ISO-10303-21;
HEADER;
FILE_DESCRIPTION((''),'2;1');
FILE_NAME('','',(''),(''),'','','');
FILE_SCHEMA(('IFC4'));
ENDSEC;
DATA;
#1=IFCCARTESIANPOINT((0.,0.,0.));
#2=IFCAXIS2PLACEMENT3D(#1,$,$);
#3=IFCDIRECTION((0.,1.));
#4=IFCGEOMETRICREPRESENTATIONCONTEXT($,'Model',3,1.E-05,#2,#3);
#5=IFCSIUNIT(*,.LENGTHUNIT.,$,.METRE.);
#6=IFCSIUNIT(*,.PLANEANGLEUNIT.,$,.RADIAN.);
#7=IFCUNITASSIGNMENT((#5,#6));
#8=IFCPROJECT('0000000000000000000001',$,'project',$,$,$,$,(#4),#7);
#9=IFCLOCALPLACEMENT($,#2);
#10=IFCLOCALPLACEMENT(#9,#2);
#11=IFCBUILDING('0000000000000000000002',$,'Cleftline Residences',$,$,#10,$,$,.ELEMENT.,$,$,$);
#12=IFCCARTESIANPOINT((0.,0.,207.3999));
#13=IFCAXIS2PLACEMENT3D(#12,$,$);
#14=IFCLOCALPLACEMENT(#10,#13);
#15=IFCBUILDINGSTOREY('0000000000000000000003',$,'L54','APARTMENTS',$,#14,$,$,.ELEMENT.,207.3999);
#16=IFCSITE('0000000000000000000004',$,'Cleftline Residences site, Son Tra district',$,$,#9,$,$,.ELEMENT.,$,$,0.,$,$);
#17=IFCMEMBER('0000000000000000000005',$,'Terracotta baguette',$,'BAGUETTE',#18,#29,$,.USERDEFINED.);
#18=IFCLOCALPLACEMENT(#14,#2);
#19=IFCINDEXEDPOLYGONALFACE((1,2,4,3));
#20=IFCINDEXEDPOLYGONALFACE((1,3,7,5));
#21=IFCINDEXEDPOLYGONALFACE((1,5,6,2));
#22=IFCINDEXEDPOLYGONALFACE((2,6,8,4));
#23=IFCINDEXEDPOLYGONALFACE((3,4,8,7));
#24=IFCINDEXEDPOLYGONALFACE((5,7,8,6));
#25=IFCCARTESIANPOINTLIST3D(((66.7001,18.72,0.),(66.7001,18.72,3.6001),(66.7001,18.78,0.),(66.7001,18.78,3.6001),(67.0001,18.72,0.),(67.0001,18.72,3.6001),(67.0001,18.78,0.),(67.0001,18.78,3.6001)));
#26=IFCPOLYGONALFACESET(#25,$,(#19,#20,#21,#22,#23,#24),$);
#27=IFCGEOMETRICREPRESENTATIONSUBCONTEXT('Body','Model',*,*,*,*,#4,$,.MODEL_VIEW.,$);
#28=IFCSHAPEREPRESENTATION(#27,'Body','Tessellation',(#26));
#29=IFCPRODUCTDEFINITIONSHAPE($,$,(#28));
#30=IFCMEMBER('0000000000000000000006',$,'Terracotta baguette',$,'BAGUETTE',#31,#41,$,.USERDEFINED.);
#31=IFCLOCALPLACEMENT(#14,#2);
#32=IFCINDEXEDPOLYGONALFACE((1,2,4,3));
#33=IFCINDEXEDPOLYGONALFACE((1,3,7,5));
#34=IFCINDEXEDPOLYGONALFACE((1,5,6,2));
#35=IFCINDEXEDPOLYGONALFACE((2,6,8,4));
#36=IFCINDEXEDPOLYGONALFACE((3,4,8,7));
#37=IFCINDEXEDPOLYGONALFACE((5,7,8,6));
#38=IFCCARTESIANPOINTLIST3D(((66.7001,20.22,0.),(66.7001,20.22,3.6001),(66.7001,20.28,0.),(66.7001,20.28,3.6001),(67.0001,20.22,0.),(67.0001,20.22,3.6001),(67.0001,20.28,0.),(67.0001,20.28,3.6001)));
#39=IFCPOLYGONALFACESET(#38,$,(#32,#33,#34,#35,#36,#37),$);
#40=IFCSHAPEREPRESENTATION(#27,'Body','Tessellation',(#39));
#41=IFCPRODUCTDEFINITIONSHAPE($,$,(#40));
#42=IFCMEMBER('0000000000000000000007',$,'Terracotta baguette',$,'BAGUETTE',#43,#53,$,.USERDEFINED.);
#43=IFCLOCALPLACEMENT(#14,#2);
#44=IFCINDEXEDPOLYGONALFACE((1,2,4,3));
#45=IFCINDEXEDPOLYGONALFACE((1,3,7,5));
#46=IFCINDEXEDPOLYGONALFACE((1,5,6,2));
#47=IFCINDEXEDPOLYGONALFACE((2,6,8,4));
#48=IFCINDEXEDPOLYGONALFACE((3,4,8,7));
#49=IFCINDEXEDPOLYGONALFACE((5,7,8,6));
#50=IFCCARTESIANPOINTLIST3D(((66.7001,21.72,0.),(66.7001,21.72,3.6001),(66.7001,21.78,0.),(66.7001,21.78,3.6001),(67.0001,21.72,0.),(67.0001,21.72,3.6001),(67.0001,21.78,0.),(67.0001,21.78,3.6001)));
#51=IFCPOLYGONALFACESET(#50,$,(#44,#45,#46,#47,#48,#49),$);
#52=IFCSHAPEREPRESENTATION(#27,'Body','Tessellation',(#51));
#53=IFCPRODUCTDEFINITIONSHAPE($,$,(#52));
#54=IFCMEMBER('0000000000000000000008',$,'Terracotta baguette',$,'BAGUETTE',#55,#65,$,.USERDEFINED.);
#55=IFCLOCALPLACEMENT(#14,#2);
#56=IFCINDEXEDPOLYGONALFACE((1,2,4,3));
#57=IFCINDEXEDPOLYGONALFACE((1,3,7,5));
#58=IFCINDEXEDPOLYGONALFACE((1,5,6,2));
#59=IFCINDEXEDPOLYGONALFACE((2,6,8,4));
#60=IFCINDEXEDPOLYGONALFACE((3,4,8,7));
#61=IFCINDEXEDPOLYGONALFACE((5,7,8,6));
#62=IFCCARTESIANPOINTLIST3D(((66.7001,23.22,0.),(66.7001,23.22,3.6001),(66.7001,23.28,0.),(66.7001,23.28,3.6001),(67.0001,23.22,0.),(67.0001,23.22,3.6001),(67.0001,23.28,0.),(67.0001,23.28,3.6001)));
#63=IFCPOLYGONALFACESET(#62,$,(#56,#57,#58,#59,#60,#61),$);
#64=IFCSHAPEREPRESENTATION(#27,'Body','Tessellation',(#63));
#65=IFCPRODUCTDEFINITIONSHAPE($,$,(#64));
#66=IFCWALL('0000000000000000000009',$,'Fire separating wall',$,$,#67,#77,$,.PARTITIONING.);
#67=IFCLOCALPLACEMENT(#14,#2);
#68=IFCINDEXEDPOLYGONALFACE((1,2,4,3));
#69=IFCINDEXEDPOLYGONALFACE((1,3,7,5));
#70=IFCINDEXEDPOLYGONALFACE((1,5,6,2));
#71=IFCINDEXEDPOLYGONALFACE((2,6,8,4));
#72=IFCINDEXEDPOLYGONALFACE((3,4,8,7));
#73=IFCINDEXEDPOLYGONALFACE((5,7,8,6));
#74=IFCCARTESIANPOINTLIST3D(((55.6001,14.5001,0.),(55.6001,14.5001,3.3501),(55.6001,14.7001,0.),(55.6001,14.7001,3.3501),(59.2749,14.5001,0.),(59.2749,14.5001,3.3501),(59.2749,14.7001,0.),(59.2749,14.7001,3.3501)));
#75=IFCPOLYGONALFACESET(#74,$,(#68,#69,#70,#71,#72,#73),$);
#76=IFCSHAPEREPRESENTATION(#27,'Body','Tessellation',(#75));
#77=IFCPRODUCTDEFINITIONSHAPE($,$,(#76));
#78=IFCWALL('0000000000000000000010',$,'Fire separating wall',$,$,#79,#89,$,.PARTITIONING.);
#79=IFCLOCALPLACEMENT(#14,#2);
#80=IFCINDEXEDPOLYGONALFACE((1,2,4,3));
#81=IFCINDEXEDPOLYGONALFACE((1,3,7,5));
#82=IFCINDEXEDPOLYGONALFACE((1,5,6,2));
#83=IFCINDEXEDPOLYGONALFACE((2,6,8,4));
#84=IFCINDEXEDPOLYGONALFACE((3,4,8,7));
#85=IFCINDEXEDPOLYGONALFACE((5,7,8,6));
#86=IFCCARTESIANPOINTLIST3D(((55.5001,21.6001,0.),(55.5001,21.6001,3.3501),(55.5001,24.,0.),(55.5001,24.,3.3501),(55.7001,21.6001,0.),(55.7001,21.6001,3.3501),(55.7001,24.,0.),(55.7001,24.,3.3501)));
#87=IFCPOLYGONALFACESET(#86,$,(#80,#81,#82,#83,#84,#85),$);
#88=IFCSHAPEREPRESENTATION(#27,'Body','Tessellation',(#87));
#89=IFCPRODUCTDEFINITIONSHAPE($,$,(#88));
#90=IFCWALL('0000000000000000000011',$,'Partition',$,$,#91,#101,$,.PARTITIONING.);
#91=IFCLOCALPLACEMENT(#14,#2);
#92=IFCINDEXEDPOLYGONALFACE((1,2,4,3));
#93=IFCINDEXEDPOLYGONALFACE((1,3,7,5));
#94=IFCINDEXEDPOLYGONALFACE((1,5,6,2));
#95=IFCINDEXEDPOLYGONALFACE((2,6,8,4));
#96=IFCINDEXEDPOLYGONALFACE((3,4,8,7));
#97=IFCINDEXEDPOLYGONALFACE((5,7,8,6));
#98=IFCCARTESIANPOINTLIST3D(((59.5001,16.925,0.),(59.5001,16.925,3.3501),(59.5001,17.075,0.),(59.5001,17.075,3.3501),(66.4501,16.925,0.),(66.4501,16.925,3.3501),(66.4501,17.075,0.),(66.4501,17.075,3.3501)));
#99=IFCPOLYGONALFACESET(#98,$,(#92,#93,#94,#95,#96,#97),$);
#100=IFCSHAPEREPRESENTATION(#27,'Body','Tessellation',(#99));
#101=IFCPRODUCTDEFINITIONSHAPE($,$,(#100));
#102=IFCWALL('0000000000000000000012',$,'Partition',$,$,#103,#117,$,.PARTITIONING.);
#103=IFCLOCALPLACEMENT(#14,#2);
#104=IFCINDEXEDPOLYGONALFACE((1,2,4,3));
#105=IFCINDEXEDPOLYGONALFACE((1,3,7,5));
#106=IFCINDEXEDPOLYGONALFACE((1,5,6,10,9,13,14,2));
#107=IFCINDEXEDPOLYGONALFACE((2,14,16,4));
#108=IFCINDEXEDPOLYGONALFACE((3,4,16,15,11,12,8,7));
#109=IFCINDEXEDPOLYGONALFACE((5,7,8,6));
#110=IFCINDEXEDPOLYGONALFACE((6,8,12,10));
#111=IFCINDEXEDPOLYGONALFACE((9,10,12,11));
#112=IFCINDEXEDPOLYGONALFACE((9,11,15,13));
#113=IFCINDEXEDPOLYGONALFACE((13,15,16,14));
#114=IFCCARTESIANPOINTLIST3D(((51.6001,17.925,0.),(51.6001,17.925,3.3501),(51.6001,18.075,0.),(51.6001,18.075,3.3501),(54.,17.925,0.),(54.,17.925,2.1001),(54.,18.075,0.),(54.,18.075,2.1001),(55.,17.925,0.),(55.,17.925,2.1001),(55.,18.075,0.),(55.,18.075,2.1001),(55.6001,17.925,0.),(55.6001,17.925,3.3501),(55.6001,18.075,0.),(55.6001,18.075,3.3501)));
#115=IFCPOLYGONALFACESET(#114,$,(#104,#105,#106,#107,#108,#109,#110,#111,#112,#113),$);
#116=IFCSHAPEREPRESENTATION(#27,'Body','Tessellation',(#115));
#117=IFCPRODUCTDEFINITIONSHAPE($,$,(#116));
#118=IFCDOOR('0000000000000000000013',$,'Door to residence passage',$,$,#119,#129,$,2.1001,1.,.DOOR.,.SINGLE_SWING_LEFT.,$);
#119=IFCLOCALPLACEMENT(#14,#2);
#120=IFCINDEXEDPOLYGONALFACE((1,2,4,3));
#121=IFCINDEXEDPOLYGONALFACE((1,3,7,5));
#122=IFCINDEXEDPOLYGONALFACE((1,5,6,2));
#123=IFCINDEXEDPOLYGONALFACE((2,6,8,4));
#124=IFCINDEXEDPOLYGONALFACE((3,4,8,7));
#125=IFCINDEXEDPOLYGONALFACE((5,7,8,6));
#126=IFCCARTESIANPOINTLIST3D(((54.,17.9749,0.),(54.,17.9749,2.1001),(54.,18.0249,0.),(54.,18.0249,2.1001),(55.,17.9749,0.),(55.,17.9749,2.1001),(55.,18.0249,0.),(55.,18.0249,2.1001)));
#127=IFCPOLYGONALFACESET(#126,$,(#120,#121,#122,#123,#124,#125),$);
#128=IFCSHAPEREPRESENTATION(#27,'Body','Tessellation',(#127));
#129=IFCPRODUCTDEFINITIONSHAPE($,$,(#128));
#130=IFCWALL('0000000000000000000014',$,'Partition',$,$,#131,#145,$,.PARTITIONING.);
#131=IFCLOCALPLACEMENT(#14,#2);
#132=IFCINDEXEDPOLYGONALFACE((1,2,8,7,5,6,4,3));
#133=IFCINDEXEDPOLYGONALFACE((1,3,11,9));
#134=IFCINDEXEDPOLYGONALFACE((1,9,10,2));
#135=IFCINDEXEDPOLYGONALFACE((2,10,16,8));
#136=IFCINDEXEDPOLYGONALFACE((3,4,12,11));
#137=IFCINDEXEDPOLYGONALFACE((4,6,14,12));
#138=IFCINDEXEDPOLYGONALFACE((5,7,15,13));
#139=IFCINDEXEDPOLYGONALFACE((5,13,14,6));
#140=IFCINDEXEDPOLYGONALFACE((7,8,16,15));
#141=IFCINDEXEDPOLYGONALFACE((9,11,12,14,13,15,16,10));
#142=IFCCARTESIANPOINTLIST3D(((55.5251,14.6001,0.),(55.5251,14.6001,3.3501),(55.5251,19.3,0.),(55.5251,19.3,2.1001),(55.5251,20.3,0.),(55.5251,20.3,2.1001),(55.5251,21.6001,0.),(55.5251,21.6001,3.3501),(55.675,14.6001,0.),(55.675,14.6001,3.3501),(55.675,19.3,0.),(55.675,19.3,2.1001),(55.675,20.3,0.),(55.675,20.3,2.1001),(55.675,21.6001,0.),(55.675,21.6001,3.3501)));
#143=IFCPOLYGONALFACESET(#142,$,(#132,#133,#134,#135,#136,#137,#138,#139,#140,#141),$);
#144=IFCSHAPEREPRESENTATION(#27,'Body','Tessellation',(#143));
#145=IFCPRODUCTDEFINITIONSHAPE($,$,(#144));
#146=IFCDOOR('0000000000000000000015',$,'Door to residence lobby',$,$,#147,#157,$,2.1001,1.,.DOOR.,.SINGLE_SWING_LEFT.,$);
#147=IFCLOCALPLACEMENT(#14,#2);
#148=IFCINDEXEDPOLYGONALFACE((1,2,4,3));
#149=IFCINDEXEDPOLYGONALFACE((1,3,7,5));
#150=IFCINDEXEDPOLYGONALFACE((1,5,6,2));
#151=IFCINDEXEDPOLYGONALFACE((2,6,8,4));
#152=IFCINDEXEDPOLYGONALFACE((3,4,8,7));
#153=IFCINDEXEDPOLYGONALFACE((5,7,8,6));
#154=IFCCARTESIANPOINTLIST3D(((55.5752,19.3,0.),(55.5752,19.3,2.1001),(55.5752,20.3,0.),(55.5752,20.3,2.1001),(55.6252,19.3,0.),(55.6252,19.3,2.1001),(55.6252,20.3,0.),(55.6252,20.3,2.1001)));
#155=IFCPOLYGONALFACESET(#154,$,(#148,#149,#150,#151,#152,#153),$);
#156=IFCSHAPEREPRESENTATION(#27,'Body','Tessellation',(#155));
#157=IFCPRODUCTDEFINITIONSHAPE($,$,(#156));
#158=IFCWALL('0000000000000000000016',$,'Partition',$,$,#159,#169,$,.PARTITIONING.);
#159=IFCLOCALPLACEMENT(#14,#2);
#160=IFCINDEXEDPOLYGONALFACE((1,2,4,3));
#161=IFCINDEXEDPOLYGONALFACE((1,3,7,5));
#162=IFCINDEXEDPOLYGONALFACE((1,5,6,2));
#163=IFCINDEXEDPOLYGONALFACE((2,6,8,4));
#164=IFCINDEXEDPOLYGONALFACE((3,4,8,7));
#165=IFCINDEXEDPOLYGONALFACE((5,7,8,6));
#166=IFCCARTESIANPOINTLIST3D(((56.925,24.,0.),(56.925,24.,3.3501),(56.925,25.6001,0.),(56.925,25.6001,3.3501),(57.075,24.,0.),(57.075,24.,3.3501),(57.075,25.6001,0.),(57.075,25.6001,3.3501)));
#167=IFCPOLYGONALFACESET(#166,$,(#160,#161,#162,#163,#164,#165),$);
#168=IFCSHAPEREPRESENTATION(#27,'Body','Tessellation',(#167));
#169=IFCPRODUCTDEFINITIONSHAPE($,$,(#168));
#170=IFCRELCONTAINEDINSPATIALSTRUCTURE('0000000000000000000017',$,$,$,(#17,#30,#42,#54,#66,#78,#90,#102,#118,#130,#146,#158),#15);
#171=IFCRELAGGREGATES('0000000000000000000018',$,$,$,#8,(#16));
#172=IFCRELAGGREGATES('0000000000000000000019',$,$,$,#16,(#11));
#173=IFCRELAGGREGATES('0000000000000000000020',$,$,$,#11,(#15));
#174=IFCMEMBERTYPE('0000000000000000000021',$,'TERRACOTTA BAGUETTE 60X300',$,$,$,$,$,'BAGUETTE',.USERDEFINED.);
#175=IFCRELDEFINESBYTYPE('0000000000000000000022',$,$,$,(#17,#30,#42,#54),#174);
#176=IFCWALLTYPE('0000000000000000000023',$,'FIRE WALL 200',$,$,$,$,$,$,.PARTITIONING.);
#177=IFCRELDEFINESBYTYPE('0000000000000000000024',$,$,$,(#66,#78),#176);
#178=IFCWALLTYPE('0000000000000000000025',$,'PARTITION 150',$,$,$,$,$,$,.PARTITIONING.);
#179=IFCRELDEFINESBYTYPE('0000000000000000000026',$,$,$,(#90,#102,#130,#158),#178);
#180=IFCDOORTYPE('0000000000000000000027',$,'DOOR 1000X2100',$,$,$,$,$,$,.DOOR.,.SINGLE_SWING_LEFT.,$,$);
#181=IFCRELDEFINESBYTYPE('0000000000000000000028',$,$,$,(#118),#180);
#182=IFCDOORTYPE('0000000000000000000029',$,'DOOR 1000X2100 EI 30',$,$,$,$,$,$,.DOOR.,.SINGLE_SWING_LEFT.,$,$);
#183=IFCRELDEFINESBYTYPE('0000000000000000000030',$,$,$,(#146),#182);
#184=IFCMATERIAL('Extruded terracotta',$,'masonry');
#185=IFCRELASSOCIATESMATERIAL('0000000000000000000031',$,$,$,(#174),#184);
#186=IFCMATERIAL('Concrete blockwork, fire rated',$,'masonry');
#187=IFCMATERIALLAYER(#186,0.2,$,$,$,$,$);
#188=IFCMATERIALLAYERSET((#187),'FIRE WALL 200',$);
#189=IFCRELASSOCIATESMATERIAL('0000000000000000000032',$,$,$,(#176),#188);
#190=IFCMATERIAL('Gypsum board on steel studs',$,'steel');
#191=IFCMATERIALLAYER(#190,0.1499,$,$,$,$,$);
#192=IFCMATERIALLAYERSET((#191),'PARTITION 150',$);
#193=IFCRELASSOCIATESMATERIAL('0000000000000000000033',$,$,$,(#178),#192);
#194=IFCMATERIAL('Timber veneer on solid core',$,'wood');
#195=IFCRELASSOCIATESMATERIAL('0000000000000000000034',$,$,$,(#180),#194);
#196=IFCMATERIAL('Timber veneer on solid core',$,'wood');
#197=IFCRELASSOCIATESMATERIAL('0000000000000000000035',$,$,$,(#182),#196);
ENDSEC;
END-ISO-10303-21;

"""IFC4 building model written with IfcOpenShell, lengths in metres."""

from ifc_helpers import new_model, si_unit, direction, frame, frame_2d, origin, origin_2d, place, context, subcontext, project, spatial, rectangle, extrude, material, layer, layer_set, material_profile, profile_set, type_object, element, fill, save


model = new_model("IFC4")

# Units and contexts
model_context = context("Model", 3, precision=1e-05, world=origin(), true_north=direction((0.0, 1.0)))
body_context = subcontext(model_context, "Body", "Model", "MODEL_VIEW")
ifc_project = project(units=[si_unit("LENGTHUNIT", "METRE"), si_unit("PLANEANGLEUNIT", "RADIAN")], contexts=[model_context])

# Site, building, storey
site_placement = place(None, origin())
site = spatial("IfcSite", under=ifc_project, at=site_placement, Name="Cleftline Residences site, Son Tra district", CompositionType="ELEMENT", RefElevation=0.0)
building_placement = place(site_placement, origin())
building = spatial("IfcBuilding", under=site, at=building_placement, Name="Cleftline Residences", CompositionType="ELEMENT")
storey_placement = place(building_placement, frame((0.0, 0.0, 207.3999)))
storey = spatial("IfcBuildingStorey", under=building, at=storey_placement, Name="L54", Description="APARTMENTS", CompositionType="ELEMENT", Elevation=207.3999)

# Members
ifc_material_1 = material(Name="Extruded terracotta", Category="masonry")
ifc_material_profile_1 = material_profile(ifc_material_1, rectangle(XDim=0.0601, YDim=0.3, at=origin_2d()))
ifc_profile_set_1 = profile_set([ifc_material_profile_1], Name="Extruded terracotta")
member_type_1 = type_object("IfcMemberType", Name="TERRACOTTA BAGUETTE 60X300", ElementType="BAGUETTE", PredefinedType="USERDEFINED", material=ifc_profile_set_1)
for number, where, z_axis, x_axis, name in (
    (1, (66.8501, 18.75, 0.0), (0.0, 0.0, 1.0), (0.0, 1.0, 0.0), "Terracotta baguette"),
    (2, (66.8501, 20.25, 0.0), (0.0, 0.0, 1.0), (0.0, 1.0, 0.0), "Terracotta baguette"),
    (3, (66.8501, 21.75, 0.0), (0.0, 0.0, 1.0), (0.0, 1.0, 0.0), "Terracotta baguette"),
    (4, (66.8501, 23.25, 0.0), (0.0, 0.0, 1.0), (0.0, 1.0, 0.0), "Terracotta baguette"),
):
    element("IfcMember", number, at=place(storey_placement, frame(where, z_axis=z_axis, x_axis=x_axis)), inside=storey, type_object=member_type_1, Name=name, ObjectType="BAGUETTE", PredefinedType="USERDEFINED", context=body_context, shape_type="SweptSolid", body=[
        extrude(rectangle(XDim=0.0601, YDim=0.3, at=origin_2d()), origin(), (0.0, 0.0, 1.0), 3.6001),
    ])

# Walls
ifc_material_2 = material(Name="Concrete blockwork, fire rated", Category="masonry")
ifc_layer_1 = layer(ifc_material_2, 0.2)
ifc_layer_set_1 = layer_set([ifc_layer_1], Name="FIRE WALL 200")
wall_type_1 = type_object("IfcWallType", Name="FIRE WALL 200", PredefinedType="PARTITIONING", material=ifc_layer_set_1)
wall_1_placement = place(storey_placement, frame((55.6001, 14.6001, 0.0), z_axis=(0.0, 0.0, 1.0), x_axis=(1.0, 0.0, 0.0)))
element("IfcWall", 5, at=wall_1_placement, inside=storey, type_object=wall_type_1, Name="Fire separating wall", PredefinedType="PARTITIONING", context=body_context, shape_type="SweptSolid", body=[
    extrude(rectangle(XDim=3.6748, YDim=0.2, at=frame_2d((1.8374, 0.0))), origin(), (0.0, 0.0, 1.0), 3.3501),
])
wall_2_placement = place(storey_placement, frame((55.6001, 21.6001, 0.0), z_axis=(0.0, 0.0, 1.0), x_axis=(0.0, 1.0, 0.0)))
element("IfcWall", 6, at=wall_2_placement, inside=storey, type_object=wall_type_1, Name="Fire separating wall", PredefinedType="PARTITIONING", context=body_context, shape_type="SweptSolid", body=[
    extrude(rectangle(XDim=2.3999, YDim=0.2, at=frame_2d((1.2, 0.0))), origin(), (0.0, 0.0, 1.0), 3.3501),
])
ifc_material_3 = material(Name="Gypsum board on steel studs", Category="steel")
ifc_layer_2 = layer(ifc_material_3, 0.1499)
ifc_layer_set_2 = layer_set([ifc_layer_2], Name="PARTITION 150")
wall_type_2 = type_object("IfcWallType", Name="PARTITION 150", PredefinedType="PARTITIONING", material=ifc_layer_set_2)
wall_3_placement = place(storey_placement, frame((59.5, 17.0, 0.0), z_axis=(0.0, 0.0, 1.0), x_axis=(1.0, 0.0, 0.0)))
element("IfcWall", 7, at=wall_3_placement, inside=storey, type_object=wall_type_2, Name="Partition", PredefinedType="PARTITIONING", context=body_context, shape_type="SweptSolid", body=[
    extrude(rectangle(XDim=6.95, YDim=0.1499, at=frame_2d((3.4751, 0.0))), origin(), (0.0, 0.0, 1.0), 3.3501),
])

# Walls, openings, doors
wall_4_placement = place(storey_placement, frame((51.6001, 18.0, 0.0), z_axis=(0.0, 0.0, 1.0), x_axis=(1.0, 0.0, 0.0)))
wall_4 = element("IfcWall", 8, at=wall_4_placement, inside=storey, type_object=wall_type_2, Name="Partition", PredefinedType="PARTITIONING", context=body_context, shape_type="SweptSolid", body=[
    extrude(rectangle(XDim=4.0, YDim=0.1499, at=frame_2d((2.0, 0.0))), origin(), (0.0, 0.0, 1.0), 3.3501),
])
opening_1_placement = place(wall_4_placement, frame((2.3999, 0.0, 0.0)))
opening_1 = element("IfcOpeningElement", 9, at=opening_1_placement, cuts=wall_4, PredefinedType="OPENING", context=body_context, shape_type="SweptSolid", body=[
    extrude(rectangle(XDim=1.0, YDim=2.1001, at=frame_2d((0.5, 1.05))), frame((0.0, 0.085, 0.0), z_axis=(0.0, -1.0, 0.0), x_axis=(1.0, 0.0, 0.0)), (0.0, 0.0, 1.0), 0.1699),
])
ifc_material_4 = material(Name="Timber veneer on solid core", Category="wood")
door_type_1 = type_object("IfcDoorType", Name="DOOR 1000X2100", OperationType="SINGLE_SWING_LEFT", PredefinedType="DOOR", material=ifc_material_4)
door_1_placement = place(opening_1_placement, origin())
door_1 = element("IfcDoor", 10, at=door_1_placement, inside=storey, type_object=door_type_1, Name="Door to residence passage", OperationType="SINGLE_SWING_LEFT", OverallHeight=2.1001, OverallWidth=1.0, PredefinedType="DOOR", context=body_context, shape_type="SweptSolid", body=[
    extrude(rectangle(XDim=1.0, YDim=2.1001, at=frame_2d((0.5, 1.05))), frame((0.0, 0.0249, 0.0), z_axis=(0.0, -1.0, 0.0), x_axis=(1.0, 0.0, 0.0)), (0.0, 0.0, 1.0), 0.05),
])
fill(opening_1, door_1)
wall_5_placement = place(storey_placement, frame((55.6001, 14.6001, 0.0), z_axis=(0.0, 0.0, 1.0), x_axis=(0.0, 1.0, 0.0)))
wall_5 = element("IfcWall", 11, at=wall_5_placement, inside=storey, type_object=wall_type_2, Name="Partition", PredefinedType="PARTITIONING", context=body_context, shape_type="SweptSolid", body=[
    extrude(rectangle(XDim=7.0, YDim=0.1499, at=frame_2d((3.5, 0.0))), origin(), (0.0, 0.0, 1.0), 3.3501),
])
opening_2_placement = place(wall_5_placement, frame((4.7, 0.0, 0.0)))
opening_2 = element("IfcOpeningElement", 12, at=opening_2_placement, cuts=wall_5, PredefinedType="OPENING", context=body_context, shape_type="SweptSolid", body=[
    extrude(rectangle(XDim=1.0, YDim=2.1001, at=frame_2d((0.5, 1.05))), frame((0.0, 0.085, 0.0), z_axis=(0.0, -1.0, 0.0), x_axis=(1.0, 0.0, 0.0)), (0.0, 0.0, 1.0), 0.1699),
])
ifc_material_5 = material(Name="Timber veneer on solid core", Category="wood")
door_type_2 = type_object("IfcDoorType", Name="DOOR 1000X2100 EI 30", OperationType="SINGLE_SWING_LEFT", PredefinedType="DOOR", material=ifc_material_5)
door_2_placement = place(opening_2_placement, origin())
door_2 = element("IfcDoor", 13, at=door_2_placement, inside=storey, type_object=door_type_2, Name="Door to residence lobby", OperationType="SINGLE_SWING_LEFT", OverallHeight=2.1001, OverallWidth=1.0, PredefinedType="DOOR", context=body_context, shape_type="SweptSolid", body=[
    extrude(rectangle(XDim=1.0, YDim=2.1001, at=frame_2d((0.5, 1.05))), frame((0.0, 0.0249, 0.0), z_axis=(0.0, -1.0, 0.0), x_axis=(1.0, 0.0, 0.0)), (0.0, 0.0, 1.0), 0.05),
])
fill(opening_2, door_2)

# Wall
wall_6_placement = place(storey_placement, frame((57.0, 24.0, 0.0), z_axis=(0.0, 0.0, 1.0), x_axis=(0.0, 1.0, 0.0)))
element("IfcWall", 14, at=wall_6_placement, inside=storey, type_object=wall_type_2, Name="Partition", PredefinedType="PARTITIONING", context=body_context, shape_type="SweptSolid", body=[
    extrude(rectangle(XDim=1.6001, YDim=0.1499, at=frame_2d((0.8, 0.0))), origin(), (0.0, 0.0, 1.0), 3.3501),
])

save(model, "model.ifc")
